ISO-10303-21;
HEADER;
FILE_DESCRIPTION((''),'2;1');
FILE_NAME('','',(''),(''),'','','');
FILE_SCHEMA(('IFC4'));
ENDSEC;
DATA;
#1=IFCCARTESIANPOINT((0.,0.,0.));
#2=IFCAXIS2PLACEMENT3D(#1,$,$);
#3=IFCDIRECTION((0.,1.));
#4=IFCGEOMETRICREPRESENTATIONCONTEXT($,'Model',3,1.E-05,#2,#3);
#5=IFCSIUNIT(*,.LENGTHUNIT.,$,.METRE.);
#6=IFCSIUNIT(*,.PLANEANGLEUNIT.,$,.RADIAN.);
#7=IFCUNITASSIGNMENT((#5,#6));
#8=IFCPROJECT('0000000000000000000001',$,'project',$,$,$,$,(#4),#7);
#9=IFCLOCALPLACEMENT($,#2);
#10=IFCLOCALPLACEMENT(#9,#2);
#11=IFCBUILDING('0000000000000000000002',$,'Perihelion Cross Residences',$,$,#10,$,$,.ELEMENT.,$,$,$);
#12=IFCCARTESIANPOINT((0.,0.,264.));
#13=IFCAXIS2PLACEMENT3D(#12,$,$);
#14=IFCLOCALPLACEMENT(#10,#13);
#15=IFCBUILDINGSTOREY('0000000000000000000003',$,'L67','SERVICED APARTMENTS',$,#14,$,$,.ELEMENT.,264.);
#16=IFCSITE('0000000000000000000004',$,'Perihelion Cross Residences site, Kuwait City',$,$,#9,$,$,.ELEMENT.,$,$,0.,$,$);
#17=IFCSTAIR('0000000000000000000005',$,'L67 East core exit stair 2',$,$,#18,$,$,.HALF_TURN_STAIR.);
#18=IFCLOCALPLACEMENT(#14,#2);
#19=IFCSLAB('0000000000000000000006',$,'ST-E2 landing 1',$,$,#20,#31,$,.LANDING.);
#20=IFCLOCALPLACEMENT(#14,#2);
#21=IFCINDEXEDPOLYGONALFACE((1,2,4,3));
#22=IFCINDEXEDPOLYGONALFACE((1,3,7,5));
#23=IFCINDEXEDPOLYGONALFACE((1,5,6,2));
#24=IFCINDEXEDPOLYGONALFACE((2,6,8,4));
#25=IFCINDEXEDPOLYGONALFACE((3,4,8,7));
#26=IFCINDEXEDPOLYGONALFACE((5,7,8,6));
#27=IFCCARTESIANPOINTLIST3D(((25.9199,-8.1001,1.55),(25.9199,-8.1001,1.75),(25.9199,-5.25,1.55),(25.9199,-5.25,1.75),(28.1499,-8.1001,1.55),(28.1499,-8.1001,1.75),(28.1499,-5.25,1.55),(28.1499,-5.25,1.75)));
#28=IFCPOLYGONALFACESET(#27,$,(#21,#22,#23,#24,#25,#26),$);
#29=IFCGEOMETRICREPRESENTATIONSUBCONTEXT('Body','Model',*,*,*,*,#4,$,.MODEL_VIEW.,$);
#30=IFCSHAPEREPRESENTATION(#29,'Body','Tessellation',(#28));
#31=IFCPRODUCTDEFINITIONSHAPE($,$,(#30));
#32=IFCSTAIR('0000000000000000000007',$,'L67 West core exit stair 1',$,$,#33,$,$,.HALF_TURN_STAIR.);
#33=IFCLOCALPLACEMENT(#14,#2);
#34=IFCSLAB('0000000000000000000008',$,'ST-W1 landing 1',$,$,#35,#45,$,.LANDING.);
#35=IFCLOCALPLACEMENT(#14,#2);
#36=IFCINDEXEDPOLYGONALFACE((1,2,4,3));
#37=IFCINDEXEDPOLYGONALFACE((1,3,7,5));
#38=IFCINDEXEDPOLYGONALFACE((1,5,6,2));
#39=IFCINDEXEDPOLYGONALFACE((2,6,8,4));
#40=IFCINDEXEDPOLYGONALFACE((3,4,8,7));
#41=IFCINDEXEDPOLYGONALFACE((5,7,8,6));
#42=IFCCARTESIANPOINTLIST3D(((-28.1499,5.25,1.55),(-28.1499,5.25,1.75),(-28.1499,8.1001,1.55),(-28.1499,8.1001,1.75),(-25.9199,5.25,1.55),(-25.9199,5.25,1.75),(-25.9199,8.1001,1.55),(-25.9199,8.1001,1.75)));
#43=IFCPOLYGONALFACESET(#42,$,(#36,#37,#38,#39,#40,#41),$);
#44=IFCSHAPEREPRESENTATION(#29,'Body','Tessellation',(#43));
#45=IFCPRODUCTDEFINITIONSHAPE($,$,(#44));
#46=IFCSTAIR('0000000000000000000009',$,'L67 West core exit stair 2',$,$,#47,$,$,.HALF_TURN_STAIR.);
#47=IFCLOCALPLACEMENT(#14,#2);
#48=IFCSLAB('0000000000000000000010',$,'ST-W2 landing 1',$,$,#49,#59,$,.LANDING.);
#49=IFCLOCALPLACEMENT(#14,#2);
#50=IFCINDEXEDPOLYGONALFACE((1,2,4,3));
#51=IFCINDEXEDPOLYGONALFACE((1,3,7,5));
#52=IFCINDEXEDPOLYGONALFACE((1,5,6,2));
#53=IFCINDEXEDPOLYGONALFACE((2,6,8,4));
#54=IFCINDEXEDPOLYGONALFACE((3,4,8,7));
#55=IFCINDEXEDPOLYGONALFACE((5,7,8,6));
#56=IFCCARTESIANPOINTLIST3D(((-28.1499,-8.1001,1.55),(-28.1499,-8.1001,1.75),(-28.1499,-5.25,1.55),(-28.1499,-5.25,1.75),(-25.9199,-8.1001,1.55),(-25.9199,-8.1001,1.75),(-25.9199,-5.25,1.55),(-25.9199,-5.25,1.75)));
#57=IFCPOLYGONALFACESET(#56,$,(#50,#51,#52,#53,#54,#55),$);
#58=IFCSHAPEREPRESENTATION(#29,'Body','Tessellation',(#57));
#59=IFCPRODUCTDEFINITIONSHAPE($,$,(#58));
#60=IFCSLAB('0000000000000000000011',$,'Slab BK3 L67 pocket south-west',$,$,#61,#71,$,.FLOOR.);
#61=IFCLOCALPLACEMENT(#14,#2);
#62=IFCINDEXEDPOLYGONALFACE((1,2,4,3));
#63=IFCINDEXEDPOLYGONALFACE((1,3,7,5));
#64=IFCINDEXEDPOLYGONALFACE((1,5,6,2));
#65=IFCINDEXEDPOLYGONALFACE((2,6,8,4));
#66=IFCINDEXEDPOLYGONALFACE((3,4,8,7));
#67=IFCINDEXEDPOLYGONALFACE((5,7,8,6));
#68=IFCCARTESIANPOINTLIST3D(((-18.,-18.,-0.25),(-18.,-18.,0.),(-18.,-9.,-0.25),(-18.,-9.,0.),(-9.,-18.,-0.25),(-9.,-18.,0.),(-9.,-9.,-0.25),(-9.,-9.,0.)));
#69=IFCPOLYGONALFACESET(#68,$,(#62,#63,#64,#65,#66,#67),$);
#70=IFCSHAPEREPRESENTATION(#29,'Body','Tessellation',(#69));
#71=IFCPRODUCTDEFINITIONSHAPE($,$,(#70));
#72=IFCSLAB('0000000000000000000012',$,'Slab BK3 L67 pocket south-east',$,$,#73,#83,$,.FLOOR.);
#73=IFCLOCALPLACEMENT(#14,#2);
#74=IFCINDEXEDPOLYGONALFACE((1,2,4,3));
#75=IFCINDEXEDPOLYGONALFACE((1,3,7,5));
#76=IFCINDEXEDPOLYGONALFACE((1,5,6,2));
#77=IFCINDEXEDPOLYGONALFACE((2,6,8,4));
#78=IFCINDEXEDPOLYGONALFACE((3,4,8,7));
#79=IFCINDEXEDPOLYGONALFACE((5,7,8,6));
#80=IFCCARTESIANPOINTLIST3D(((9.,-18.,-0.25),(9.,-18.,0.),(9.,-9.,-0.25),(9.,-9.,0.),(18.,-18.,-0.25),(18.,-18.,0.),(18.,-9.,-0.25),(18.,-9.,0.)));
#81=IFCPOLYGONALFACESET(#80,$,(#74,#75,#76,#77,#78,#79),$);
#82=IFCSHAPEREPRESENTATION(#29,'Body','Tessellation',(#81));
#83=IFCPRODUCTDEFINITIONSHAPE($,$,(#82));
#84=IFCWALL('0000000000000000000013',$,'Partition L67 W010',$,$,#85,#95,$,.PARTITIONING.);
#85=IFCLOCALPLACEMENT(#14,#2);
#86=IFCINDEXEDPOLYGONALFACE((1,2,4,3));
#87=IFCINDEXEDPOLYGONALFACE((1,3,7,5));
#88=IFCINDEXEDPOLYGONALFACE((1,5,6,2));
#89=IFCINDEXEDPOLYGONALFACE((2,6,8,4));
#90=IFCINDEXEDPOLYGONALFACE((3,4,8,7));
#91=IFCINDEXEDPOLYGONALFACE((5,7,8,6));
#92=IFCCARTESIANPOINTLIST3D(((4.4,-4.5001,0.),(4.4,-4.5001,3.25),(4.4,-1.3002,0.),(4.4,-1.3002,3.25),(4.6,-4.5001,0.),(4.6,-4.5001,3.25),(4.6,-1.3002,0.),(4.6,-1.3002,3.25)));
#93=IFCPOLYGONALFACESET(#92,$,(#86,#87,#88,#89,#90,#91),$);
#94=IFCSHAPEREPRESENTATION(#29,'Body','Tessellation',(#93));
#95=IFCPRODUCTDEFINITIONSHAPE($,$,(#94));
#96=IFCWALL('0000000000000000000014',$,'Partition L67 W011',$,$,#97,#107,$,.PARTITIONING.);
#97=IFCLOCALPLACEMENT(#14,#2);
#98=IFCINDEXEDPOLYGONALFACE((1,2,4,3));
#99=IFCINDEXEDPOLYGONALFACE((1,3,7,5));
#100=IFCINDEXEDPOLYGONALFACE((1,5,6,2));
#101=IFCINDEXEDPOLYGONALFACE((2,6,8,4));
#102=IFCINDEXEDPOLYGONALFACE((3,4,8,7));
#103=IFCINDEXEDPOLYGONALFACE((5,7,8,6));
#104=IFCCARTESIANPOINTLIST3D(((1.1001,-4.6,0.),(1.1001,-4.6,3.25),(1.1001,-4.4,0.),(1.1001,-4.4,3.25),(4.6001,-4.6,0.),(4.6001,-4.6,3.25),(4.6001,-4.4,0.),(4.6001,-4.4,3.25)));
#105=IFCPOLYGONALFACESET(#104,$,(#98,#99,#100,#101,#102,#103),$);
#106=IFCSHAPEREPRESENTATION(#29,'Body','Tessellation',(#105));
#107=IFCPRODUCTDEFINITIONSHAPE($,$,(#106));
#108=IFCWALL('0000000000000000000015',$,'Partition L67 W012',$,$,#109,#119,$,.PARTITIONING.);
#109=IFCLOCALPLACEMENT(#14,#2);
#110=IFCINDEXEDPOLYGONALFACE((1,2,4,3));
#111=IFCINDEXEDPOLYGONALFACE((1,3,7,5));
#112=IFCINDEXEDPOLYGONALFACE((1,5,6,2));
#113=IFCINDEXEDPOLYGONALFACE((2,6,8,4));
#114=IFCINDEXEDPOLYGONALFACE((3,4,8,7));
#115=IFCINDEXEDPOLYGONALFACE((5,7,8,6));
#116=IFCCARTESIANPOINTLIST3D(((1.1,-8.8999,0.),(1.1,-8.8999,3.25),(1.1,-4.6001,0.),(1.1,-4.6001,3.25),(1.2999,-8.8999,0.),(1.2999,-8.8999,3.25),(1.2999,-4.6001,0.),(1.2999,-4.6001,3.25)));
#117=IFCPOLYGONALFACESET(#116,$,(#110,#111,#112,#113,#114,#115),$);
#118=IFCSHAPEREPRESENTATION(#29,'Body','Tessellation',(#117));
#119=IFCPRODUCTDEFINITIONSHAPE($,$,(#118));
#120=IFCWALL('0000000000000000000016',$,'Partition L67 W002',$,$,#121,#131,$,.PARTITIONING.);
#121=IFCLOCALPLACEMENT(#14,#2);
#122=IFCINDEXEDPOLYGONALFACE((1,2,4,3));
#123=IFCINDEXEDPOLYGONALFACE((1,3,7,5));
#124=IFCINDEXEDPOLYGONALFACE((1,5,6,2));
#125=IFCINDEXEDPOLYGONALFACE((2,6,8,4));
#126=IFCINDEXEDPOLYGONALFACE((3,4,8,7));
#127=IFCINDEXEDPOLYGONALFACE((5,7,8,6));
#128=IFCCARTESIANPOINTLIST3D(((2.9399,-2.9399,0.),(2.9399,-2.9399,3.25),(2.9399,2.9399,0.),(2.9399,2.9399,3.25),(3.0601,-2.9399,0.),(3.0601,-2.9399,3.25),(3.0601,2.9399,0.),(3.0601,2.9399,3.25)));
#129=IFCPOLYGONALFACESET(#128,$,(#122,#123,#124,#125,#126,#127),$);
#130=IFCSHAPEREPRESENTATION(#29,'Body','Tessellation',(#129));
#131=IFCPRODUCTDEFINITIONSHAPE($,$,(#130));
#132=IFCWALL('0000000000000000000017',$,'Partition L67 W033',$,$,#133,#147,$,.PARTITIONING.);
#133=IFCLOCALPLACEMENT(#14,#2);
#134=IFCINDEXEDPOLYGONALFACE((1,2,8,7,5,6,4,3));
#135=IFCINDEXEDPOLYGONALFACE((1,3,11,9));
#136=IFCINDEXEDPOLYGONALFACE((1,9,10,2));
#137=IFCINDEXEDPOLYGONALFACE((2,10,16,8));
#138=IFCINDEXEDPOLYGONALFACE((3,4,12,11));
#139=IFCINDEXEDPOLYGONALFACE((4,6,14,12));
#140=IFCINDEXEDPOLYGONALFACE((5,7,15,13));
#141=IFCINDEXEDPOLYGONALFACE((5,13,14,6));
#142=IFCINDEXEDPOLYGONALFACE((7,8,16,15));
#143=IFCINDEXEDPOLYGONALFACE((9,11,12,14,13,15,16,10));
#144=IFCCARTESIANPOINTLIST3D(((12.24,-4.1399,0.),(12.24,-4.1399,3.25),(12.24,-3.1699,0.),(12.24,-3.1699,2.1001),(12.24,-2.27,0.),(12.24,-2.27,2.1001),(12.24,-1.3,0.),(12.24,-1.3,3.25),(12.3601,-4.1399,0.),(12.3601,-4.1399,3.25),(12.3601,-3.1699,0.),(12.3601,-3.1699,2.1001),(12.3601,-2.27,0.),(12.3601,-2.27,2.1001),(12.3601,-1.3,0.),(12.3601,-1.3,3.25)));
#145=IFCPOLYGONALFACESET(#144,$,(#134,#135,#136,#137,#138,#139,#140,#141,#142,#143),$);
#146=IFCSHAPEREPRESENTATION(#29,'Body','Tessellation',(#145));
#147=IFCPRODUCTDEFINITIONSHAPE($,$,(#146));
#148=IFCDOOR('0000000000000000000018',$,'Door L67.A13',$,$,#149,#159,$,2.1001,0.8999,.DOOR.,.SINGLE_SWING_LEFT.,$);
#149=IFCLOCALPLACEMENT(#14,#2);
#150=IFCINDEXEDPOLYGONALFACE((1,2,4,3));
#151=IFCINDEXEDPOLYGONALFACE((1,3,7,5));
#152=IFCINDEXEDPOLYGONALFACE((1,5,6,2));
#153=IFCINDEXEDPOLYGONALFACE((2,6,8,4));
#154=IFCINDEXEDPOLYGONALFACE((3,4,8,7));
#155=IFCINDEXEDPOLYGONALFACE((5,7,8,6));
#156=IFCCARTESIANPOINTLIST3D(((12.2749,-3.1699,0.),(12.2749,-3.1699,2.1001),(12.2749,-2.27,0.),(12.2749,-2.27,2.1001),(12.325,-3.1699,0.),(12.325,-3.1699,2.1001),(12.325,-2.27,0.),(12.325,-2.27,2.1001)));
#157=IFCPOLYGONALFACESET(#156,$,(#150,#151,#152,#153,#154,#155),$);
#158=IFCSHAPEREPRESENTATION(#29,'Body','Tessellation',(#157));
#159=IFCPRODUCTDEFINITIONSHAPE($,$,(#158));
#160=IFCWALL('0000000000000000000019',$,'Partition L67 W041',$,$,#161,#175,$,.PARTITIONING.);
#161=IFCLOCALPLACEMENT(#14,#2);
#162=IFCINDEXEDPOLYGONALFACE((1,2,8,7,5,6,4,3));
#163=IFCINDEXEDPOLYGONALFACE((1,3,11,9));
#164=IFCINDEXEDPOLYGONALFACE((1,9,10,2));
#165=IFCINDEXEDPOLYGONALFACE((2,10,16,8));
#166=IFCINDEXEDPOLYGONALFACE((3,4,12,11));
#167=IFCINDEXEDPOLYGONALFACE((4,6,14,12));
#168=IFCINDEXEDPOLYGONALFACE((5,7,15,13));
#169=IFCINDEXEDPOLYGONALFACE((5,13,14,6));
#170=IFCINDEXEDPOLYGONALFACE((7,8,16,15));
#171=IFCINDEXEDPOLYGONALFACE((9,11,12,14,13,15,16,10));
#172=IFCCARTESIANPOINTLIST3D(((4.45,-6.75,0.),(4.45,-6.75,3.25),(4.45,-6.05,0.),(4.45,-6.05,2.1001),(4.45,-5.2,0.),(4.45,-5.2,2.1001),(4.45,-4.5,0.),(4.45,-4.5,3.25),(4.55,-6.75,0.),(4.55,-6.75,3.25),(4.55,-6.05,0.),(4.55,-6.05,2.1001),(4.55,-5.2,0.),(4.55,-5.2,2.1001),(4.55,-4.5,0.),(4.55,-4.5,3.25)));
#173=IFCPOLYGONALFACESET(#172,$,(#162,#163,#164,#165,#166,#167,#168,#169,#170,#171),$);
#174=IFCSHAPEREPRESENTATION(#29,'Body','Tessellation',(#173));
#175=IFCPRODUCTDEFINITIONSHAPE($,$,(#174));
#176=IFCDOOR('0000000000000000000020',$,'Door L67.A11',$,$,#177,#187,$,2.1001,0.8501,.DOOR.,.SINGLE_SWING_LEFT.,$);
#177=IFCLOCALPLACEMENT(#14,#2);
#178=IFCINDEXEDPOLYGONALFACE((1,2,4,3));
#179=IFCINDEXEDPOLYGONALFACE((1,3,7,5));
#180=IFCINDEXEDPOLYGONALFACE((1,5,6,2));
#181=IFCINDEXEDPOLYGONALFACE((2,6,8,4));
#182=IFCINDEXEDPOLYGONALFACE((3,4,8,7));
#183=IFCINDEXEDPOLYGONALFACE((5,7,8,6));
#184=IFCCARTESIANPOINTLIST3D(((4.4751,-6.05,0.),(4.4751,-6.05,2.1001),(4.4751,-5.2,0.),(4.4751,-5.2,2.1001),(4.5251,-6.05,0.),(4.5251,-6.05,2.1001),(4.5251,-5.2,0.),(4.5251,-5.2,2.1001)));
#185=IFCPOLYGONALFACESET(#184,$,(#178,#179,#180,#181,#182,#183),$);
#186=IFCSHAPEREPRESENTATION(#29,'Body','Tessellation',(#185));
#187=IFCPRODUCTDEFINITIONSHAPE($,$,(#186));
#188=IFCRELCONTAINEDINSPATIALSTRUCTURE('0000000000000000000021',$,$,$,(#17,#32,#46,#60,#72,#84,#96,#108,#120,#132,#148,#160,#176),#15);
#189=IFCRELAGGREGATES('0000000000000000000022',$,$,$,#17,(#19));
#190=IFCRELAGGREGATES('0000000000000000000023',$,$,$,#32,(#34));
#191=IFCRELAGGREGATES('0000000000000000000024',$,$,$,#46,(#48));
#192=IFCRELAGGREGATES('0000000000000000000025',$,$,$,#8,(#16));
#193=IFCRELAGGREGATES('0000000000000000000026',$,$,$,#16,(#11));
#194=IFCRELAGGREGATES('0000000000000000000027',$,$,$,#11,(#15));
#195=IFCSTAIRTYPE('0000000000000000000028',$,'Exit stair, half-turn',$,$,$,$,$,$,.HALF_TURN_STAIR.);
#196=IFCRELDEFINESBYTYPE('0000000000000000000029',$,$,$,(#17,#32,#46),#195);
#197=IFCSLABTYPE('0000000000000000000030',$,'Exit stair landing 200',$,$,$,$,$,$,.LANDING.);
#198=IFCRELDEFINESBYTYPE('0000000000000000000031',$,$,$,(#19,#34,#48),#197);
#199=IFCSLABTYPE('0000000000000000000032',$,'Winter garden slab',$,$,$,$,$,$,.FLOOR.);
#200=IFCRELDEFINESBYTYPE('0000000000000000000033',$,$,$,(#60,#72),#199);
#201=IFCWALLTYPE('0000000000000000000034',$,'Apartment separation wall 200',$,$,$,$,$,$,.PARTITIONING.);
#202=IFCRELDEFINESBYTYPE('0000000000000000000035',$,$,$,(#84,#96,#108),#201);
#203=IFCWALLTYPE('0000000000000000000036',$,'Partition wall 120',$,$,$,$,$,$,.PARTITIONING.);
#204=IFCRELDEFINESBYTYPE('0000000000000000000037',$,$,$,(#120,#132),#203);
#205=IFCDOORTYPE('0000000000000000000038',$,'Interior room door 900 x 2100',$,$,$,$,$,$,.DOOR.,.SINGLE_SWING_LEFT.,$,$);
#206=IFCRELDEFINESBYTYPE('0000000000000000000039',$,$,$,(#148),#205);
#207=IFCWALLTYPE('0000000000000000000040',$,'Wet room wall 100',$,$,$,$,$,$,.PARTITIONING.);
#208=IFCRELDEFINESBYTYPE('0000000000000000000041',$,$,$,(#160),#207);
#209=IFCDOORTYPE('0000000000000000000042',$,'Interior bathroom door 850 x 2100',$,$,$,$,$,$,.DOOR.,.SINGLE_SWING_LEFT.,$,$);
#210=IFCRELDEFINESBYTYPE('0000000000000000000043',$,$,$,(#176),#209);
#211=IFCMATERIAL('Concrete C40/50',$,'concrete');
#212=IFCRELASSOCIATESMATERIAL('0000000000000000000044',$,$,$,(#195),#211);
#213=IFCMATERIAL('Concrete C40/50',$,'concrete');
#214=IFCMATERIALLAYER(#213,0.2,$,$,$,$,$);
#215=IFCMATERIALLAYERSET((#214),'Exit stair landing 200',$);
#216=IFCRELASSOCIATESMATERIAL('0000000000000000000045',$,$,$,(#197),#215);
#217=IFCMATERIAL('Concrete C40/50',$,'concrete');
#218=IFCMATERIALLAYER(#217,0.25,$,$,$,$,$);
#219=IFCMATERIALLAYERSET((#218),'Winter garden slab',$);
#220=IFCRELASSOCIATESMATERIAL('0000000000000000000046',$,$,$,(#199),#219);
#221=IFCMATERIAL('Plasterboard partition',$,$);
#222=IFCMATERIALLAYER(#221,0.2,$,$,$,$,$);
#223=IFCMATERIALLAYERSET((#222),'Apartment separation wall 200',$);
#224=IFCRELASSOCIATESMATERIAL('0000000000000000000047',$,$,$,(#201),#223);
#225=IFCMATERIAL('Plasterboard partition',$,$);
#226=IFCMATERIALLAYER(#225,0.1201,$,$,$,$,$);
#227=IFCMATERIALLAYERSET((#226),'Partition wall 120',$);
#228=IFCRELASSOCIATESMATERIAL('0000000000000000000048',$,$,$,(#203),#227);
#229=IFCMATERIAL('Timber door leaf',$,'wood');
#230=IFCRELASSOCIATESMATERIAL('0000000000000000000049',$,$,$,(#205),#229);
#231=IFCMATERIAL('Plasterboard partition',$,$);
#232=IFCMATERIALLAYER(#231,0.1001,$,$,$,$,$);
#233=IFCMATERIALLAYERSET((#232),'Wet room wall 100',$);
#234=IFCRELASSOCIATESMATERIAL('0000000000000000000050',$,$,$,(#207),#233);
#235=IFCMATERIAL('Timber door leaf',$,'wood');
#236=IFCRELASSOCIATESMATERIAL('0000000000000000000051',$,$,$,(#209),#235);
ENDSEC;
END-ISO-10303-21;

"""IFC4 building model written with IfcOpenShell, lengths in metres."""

from ifc_helpers import new_model, si_unit, direction, frame, frame_2d, origin, place, context, subcontext, project, spatial, polyline, rectangle, outline, extrude, material, layer, layer_set, type_object, element, fill, aggregate, save


model = new_model("IFC4")

# Units and contexts
model_context = context("Model", 3, precision=1e-05, world=origin(), true_north=direction((0.0, 1.0)))
body_context = subcontext(model_context, "Body", "Model", "MODEL_VIEW")
ifc_project = project(units=[si_unit("LENGTHUNIT", "METRE"), si_unit("PLANEANGLEUNIT", "RADIAN")], contexts=[model_context])

# Site, building, storey
site_placement = place(None, origin())
site = spatial("IfcSite", under=ifc_project, at=site_placement, Name="Perihelion Cross Residences site, Kuwait City", CompositionType="ELEMENT", RefElevation=0.0)
building_placement = place(site_placement, origin())
building = spatial("IfcBuilding", under=site, at=building_placement, Name="Perihelion Cross Residences", CompositionType="ELEMENT")
storey_placement = place(building_placement, frame((0.0, 0.0, 264.0)))
storey = spatial("IfcBuildingStorey", under=building, at=storey_placement, Name="L67", Description="SERVICED APARTMENTS", CompositionType="ELEMENT", Elevation=264.0)

# Stairs, slabs
ifc_material_1 = material(Name="Concrete C40/50", Category="concrete")
stair_type = type_object("IfcStairType", Name="Exit stair, half-turn", PredefinedType="HALF_TURN_STAIR", material=ifc_material_1)
ifc_material_2 = material(Name="Concrete C40/50", Category="concrete")
ifc_layer_1 = layer(ifc_material_2, 0.2)
ifc_layer_set_1 = layer_set([ifc_layer_1], Name="Exit stair landing 200")
slab_type_1 = type_object("IfcSlabType", Name="Exit stair landing 200", PredefinedType="LANDING", material=ifc_layer_set_1)
stair_1_placement = place(storey_placement, origin())
stair_1 = element("IfcStair", 1, at=stair_1_placement, inside=storey, type_object=stair_type, Name="L67 East core exit stair 2", PredefinedType="HALF_TURN_STAIR")
slab_1_placement = place(storey_placement, frame((0.0, 0.0, 1.55)))
slab_1 = element("IfcSlab", 2, at=slab_1_placement, type_object=slab_type_1, Name="ST-E2 landing 1", PredefinedType="LANDING", context=body_context, shape_type="SweptSolid", body=[
    extrude(outline(polyline([(25.9199, -8.1001), (28.1499, -8.1001), (28.1499, -5.25), (25.9199, -5.25), (25.9199, -8.1001)])), origin(), (0.0, 0.0, 1.0), 0.2),
])
aggregate(stair_1, [slab_1])
stair_2_placement = place(storey_placement, origin())
stair_2 = element("IfcStair", 3, at=stair_2_placement, inside=storey, type_object=stair_type, Name="L67 West core exit stair 1", PredefinedType="HALF_TURN_STAIR")
slab_2_placement = place(storey_placement, frame((0.0, 0.0, 1.55)))
slab_2 = element("IfcSlab", 4, at=slab_2_placement, type_object=slab_type_1, Name="ST-W1 landing 1", PredefinedType="LANDING", context=body_context, shape_type="SweptSolid", body=[
    extrude(outline(polyline([(-25.9199, 8.1001), (-28.1499, 8.1001), (-28.1499, 5.25), (-25.9199, 5.25), (-25.9199, 8.1001)])), origin(), (0.0, 0.0, 1.0), 0.2),
])
aggregate(stair_2, [slab_2])
stair_3_placement = place(storey_placement, origin())
stair_3 = element("IfcStair", 5, at=stair_3_placement, inside=storey, type_object=stair_type, Name="L67 West core exit stair 2", PredefinedType="HALF_TURN_STAIR")
slab_3_placement = place(storey_placement, frame((0.0, 0.0, 1.55)))
slab_3 = element("IfcSlab", 6, at=slab_3_placement, type_object=slab_type_1, Name="ST-W2 landing 1", PredefinedType="LANDING", context=body_context, shape_type="SweptSolid", body=[
    extrude(outline(polyline([(-25.9199, -5.25), (-28.1499, -5.25), (-28.1499, -8.1001), (-25.9199, -8.1001), (-25.9199, -5.25)])), origin(), (0.0, 0.0, 1.0), 0.2),
])
aggregate(stair_3, [slab_3])

# Slabs
ifc_material_3 = material(Name="Concrete C40/50", Category="concrete")
ifc_layer_2 = layer(ifc_material_3, 0.25)
ifc_layer_set_2 = layer_set([ifc_layer_2], Name="Winter garden slab")
slab_type_2 = type_object("IfcSlabType", Name="Winter garden slab", PredefinedType="FLOOR", material=ifc_layer_set_2)
slab_4_placement = place(storey_placement, frame((0.0, 0.0, -0.25)))
element("IfcSlab", 7, at=slab_4_placement, inside=storey, type_object=slab_type_2, Name="Slab BK3 L67 pocket south-west", PredefinedType="FLOOR", context=body_context, shape_type="SweptSolid", body=[
    extrude(outline(polyline([(-9.0, -18.0), (-9.0, -9.0), (-18.0, -9.0), (-18.0, -18.0), (-9.0, -18.0)])), origin(), (0.0, 0.0, 1.0), 0.25),
])
slab_5_placement = place(storey_placement, frame((0.0, 0.0, -0.25)))
element("IfcSlab", 8, at=slab_5_placement, inside=storey, type_object=slab_type_2, Name="Slab BK3 L67 pocket south-east", PredefinedType="FLOOR", context=body_context, shape_type="SweptSolid", body=[
    extrude(outline(polyline([(18.0, -18.0), (18.0, -9.0), (9.0, -9.0), (9.0, -18.0), (18.0, -18.0)])), origin(), (0.0, 0.0, 1.0), 0.25),
])

# Walls
ifc_material_4 = material(Name="Plasterboard partition")
ifc_layer_3 = layer(ifc_material_4, 0.2)
ifc_layer_set_3 = layer_set([ifc_layer_3], Name="Apartment separation wall 200")
wall_type_1 = type_object("IfcWallType", Name="Apartment separation wall 200", PredefinedType="PARTITIONING", material=ifc_layer_set_3)
wall_1_placement = place(storey_placement, frame((4.5, -1.3, 0.0), z_axis=(0.0, 0.0, 1.0), x_axis=(0.0, -1.0, 0.0)))
element("IfcWall", 9, at=wall_1_placement, inside=storey, type_object=wall_type_1, Name="Partition L67 W010", PredefinedType="PARTITIONING", context=body_context, shape_type="SweptSolid", body=[
    extrude(rectangle(XDim=3.2, YDim=0.2, at=frame_2d((1.6001, 0.0))), origin(), (0.0, 0.0, 1.0), 3.25),
])
wall_2_placement = place(storey_placement, frame((4.6001, -4.5, 0.0), z_axis=(0.0, 0.0, 1.0), x_axis=(-1.0, 0.0, 0.0)))
element("IfcWall", 10, at=wall_2_placement, inside=storey, type_object=wall_type_1, Name="Partition L67 W011", PredefinedType="PARTITIONING", context=body_context, shape_type="SweptSolid", body=[
    extrude(rectangle(XDim=3.5, YDim=0.2, at=frame_2d((1.75, 0.0))), origin(), (0.0, 0.0, 1.0), 3.25),
])
wall_3_placement = place(storey_placement, frame((1.2, -4.6001, 0.0), z_axis=(0.0, 0.0, 1.0), x_axis=(0.0, -1.0, 0.0)))
element("IfcWall", 11, at=wall_3_placement, inside=storey, type_object=wall_type_1, Name="Partition L67 W012", PredefinedType="PARTITIONING", context=body_context, shape_type="SweptSolid", body=[
    extrude(rectangle(XDim=4.2998, YDim=0.2, at=frame_2d((2.1499, 0.0))), origin(), (0.0, 0.0, 1.0), 3.25),
])
ifc_material_5 = material(Name="Plasterboard partition")
ifc_layer_4 = layer(ifc_material_5, 0.1201)
ifc_layer_set_4 = layer_set([ifc_layer_4], Name="Partition wall 120")
wall_type_2 = type_object("IfcWallType", Name="Partition wall 120", PredefinedType="PARTITIONING", material=ifc_layer_set_4)
wall_4_placement = place(storey_placement, frame((3.0, -2.9399, 0.0), z_axis=(0.0, 0.0, 1.0), x_axis=(0.0, 1.0, 0.0)))
element("IfcWall", 12, at=wall_4_placement, inside=storey, type_object=wall_type_2, Name="Partition L67 W002", PredefinedType="PARTITIONING", context=body_context, shape_type="SweptSolid", body=[
    extrude(rectangle(XDim=5.8799, YDim=0.1201, at=frame_2d((2.9399, 0.0))), origin(), (0.0, 0.0, 1.0), 3.25),
])

# Walls, openings, doors
wall_5_placement = place(storey_placement, frame((12.3, -1.3, 0.0), z_axis=(0.0, 0.0, 1.0), x_axis=(0.0, -1.0, 0.0)))
wall_5 = element("IfcWall", 13, at=wall_5_placement, inside=storey, type_object=wall_type_2, Name="Partition L67 W033", PredefinedType="PARTITIONING", context=body_context, shape_type="SweptSolid", body=[
    extrude(rectangle(XDim=2.8398, YDim=0.1201, at=frame_2d((1.4199, 0.0))), origin(), (0.0, 0.0, 1.0), 3.25),
])
opening_1_placement = place(wall_5_placement, frame((0.97, 0.0, 0.0)))
opening_1 = element("IfcOpeningElement", 14, at=opening_1_placement, cuts=wall_5, PredefinedType="OPENING", context=body_context, shape_type="SweptSolid", body=[
    extrude(rectangle(XDim=0.8999, YDim=2.1001, at=frame_2d((0.45, 1.05))), frame((0.0, 0.0701, 0.0), z_axis=(0.0, -1.0, 0.0), x_axis=(1.0, 0.0, 0.0)), (0.0, 0.0, 1.0), 0.1401),
])
ifc_material_6 = material(Name="Timber door leaf", Category="wood")
door_type_1 = type_object("IfcDoorType", Name="Interior room door 900 x 2100", OperationType="SINGLE_SWING_LEFT", PredefinedType="DOOR", material=ifc_material_6)
door_1_placement = place(opening_1_placement, origin())
door_1 = element("IfcDoor", 15, at=door_1_placement, inside=storey, type_object=door_type_1, Name="Door L67.A13", OperationType="SINGLE_SWING_LEFT", OverallHeight=2.1001, OverallWidth=0.8999, PredefinedType="DOOR", context=body_context, shape_type="SweptSolid", body=[
    extrude(rectangle(XDim=0.8999, YDim=2.1001, at=frame_2d((0.45, 1.05))), frame((0.0, 0.0249, 0.0), z_axis=(0.0, -1.0, 0.0), x_axis=(1.0, 0.0, 0.0)), (0.0, 0.0, 1.0), 0.05),
])
fill(opening_1, door_1)
ifc_material_7 = material(Name="Plasterboard partition")
ifc_layer_5 = layer(ifc_material_7, 0.1001)
ifc_layer_set_5 = layer_set([ifc_layer_5], Name="Wet room wall 100")
wall_type_3 = type_object("IfcWallType", Name="Wet room wall 100", PredefinedType="PARTITIONING", material=ifc_layer_set_5)
wall_6_placement = place(storey_placement, frame((4.5, -6.75, 0.0), z_axis=(0.0, 0.0, 1.0), x_axis=(0.0, 1.0, 0.0)))
wall_6 = element("IfcWall", 16, at=wall_6_placement, inside=storey, type_object=wall_type_3, Name="Partition L67 W041", PredefinedType="PARTITIONING", context=body_context, shape_type="SweptSolid", body=[
    extrude(rectangle(XDim=2.25, YDim=0.1001, at=frame_2d((1.125, 0.0))), origin(), (0.0, 0.0, 1.0), 3.25),
])
opening_2_placement = place(wall_6_placement, frame((0.7, 0.0, 0.0)))
opening_2 = element("IfcOpeningElement", 17, at=opening_2_placement, cuts=wall_6, PredefinedType="OPENING", context=body_context, shape_type="SweptSolid", body=[
    extrude(rectangle(XDim=0.8501, YDim=2.1001, at=frame_2d((0.425, 1.05))), frame((0.0, 0.0601, 0.0), z_axis=(0.0, -1.0, 0.0), x_axis=(1.0, 0.0, 0.0)), (0.0, 0.0, 1.0), 0.1201),
])
ifc_material_8 = material(Name="Timber door leaf", Category="wood")
door_type_2 = type_object("IfcDoorType", Name="Interior bathroom door 850 x 2100", OperationType="SINGLE_SWING_LEFT", PredefinedType="DOOR", material=ifc_material_8)
door_2_placement = place(opening_2_placement, origin())
door_2 = element("IfcDoor", 18, at=door_2_placement, inside=storey, type_object=door_type_2, Name="Door L67.A11", OperationType="SINGLE_SWING_LEFT", OverallHeight=2.1001, OverallWidth=0.8501, PredefinedType="DOOR", context=body_context, shape_type="SweptSolid", body=[
    extrude(rectangle(XDim=0.8501, YDim=2.1001, at=frame_2d((0.425, 1.05))), frame((0.0, 0.0249, 0.0), z_axis=(0.0, -1.0, 0.0), x_axis=(1.0, 0.0, 0.0)), (0.0, 0.0, 1.0), 0.05),
])
fill(opening_2, door_2)

save(model, "model.ifc")
